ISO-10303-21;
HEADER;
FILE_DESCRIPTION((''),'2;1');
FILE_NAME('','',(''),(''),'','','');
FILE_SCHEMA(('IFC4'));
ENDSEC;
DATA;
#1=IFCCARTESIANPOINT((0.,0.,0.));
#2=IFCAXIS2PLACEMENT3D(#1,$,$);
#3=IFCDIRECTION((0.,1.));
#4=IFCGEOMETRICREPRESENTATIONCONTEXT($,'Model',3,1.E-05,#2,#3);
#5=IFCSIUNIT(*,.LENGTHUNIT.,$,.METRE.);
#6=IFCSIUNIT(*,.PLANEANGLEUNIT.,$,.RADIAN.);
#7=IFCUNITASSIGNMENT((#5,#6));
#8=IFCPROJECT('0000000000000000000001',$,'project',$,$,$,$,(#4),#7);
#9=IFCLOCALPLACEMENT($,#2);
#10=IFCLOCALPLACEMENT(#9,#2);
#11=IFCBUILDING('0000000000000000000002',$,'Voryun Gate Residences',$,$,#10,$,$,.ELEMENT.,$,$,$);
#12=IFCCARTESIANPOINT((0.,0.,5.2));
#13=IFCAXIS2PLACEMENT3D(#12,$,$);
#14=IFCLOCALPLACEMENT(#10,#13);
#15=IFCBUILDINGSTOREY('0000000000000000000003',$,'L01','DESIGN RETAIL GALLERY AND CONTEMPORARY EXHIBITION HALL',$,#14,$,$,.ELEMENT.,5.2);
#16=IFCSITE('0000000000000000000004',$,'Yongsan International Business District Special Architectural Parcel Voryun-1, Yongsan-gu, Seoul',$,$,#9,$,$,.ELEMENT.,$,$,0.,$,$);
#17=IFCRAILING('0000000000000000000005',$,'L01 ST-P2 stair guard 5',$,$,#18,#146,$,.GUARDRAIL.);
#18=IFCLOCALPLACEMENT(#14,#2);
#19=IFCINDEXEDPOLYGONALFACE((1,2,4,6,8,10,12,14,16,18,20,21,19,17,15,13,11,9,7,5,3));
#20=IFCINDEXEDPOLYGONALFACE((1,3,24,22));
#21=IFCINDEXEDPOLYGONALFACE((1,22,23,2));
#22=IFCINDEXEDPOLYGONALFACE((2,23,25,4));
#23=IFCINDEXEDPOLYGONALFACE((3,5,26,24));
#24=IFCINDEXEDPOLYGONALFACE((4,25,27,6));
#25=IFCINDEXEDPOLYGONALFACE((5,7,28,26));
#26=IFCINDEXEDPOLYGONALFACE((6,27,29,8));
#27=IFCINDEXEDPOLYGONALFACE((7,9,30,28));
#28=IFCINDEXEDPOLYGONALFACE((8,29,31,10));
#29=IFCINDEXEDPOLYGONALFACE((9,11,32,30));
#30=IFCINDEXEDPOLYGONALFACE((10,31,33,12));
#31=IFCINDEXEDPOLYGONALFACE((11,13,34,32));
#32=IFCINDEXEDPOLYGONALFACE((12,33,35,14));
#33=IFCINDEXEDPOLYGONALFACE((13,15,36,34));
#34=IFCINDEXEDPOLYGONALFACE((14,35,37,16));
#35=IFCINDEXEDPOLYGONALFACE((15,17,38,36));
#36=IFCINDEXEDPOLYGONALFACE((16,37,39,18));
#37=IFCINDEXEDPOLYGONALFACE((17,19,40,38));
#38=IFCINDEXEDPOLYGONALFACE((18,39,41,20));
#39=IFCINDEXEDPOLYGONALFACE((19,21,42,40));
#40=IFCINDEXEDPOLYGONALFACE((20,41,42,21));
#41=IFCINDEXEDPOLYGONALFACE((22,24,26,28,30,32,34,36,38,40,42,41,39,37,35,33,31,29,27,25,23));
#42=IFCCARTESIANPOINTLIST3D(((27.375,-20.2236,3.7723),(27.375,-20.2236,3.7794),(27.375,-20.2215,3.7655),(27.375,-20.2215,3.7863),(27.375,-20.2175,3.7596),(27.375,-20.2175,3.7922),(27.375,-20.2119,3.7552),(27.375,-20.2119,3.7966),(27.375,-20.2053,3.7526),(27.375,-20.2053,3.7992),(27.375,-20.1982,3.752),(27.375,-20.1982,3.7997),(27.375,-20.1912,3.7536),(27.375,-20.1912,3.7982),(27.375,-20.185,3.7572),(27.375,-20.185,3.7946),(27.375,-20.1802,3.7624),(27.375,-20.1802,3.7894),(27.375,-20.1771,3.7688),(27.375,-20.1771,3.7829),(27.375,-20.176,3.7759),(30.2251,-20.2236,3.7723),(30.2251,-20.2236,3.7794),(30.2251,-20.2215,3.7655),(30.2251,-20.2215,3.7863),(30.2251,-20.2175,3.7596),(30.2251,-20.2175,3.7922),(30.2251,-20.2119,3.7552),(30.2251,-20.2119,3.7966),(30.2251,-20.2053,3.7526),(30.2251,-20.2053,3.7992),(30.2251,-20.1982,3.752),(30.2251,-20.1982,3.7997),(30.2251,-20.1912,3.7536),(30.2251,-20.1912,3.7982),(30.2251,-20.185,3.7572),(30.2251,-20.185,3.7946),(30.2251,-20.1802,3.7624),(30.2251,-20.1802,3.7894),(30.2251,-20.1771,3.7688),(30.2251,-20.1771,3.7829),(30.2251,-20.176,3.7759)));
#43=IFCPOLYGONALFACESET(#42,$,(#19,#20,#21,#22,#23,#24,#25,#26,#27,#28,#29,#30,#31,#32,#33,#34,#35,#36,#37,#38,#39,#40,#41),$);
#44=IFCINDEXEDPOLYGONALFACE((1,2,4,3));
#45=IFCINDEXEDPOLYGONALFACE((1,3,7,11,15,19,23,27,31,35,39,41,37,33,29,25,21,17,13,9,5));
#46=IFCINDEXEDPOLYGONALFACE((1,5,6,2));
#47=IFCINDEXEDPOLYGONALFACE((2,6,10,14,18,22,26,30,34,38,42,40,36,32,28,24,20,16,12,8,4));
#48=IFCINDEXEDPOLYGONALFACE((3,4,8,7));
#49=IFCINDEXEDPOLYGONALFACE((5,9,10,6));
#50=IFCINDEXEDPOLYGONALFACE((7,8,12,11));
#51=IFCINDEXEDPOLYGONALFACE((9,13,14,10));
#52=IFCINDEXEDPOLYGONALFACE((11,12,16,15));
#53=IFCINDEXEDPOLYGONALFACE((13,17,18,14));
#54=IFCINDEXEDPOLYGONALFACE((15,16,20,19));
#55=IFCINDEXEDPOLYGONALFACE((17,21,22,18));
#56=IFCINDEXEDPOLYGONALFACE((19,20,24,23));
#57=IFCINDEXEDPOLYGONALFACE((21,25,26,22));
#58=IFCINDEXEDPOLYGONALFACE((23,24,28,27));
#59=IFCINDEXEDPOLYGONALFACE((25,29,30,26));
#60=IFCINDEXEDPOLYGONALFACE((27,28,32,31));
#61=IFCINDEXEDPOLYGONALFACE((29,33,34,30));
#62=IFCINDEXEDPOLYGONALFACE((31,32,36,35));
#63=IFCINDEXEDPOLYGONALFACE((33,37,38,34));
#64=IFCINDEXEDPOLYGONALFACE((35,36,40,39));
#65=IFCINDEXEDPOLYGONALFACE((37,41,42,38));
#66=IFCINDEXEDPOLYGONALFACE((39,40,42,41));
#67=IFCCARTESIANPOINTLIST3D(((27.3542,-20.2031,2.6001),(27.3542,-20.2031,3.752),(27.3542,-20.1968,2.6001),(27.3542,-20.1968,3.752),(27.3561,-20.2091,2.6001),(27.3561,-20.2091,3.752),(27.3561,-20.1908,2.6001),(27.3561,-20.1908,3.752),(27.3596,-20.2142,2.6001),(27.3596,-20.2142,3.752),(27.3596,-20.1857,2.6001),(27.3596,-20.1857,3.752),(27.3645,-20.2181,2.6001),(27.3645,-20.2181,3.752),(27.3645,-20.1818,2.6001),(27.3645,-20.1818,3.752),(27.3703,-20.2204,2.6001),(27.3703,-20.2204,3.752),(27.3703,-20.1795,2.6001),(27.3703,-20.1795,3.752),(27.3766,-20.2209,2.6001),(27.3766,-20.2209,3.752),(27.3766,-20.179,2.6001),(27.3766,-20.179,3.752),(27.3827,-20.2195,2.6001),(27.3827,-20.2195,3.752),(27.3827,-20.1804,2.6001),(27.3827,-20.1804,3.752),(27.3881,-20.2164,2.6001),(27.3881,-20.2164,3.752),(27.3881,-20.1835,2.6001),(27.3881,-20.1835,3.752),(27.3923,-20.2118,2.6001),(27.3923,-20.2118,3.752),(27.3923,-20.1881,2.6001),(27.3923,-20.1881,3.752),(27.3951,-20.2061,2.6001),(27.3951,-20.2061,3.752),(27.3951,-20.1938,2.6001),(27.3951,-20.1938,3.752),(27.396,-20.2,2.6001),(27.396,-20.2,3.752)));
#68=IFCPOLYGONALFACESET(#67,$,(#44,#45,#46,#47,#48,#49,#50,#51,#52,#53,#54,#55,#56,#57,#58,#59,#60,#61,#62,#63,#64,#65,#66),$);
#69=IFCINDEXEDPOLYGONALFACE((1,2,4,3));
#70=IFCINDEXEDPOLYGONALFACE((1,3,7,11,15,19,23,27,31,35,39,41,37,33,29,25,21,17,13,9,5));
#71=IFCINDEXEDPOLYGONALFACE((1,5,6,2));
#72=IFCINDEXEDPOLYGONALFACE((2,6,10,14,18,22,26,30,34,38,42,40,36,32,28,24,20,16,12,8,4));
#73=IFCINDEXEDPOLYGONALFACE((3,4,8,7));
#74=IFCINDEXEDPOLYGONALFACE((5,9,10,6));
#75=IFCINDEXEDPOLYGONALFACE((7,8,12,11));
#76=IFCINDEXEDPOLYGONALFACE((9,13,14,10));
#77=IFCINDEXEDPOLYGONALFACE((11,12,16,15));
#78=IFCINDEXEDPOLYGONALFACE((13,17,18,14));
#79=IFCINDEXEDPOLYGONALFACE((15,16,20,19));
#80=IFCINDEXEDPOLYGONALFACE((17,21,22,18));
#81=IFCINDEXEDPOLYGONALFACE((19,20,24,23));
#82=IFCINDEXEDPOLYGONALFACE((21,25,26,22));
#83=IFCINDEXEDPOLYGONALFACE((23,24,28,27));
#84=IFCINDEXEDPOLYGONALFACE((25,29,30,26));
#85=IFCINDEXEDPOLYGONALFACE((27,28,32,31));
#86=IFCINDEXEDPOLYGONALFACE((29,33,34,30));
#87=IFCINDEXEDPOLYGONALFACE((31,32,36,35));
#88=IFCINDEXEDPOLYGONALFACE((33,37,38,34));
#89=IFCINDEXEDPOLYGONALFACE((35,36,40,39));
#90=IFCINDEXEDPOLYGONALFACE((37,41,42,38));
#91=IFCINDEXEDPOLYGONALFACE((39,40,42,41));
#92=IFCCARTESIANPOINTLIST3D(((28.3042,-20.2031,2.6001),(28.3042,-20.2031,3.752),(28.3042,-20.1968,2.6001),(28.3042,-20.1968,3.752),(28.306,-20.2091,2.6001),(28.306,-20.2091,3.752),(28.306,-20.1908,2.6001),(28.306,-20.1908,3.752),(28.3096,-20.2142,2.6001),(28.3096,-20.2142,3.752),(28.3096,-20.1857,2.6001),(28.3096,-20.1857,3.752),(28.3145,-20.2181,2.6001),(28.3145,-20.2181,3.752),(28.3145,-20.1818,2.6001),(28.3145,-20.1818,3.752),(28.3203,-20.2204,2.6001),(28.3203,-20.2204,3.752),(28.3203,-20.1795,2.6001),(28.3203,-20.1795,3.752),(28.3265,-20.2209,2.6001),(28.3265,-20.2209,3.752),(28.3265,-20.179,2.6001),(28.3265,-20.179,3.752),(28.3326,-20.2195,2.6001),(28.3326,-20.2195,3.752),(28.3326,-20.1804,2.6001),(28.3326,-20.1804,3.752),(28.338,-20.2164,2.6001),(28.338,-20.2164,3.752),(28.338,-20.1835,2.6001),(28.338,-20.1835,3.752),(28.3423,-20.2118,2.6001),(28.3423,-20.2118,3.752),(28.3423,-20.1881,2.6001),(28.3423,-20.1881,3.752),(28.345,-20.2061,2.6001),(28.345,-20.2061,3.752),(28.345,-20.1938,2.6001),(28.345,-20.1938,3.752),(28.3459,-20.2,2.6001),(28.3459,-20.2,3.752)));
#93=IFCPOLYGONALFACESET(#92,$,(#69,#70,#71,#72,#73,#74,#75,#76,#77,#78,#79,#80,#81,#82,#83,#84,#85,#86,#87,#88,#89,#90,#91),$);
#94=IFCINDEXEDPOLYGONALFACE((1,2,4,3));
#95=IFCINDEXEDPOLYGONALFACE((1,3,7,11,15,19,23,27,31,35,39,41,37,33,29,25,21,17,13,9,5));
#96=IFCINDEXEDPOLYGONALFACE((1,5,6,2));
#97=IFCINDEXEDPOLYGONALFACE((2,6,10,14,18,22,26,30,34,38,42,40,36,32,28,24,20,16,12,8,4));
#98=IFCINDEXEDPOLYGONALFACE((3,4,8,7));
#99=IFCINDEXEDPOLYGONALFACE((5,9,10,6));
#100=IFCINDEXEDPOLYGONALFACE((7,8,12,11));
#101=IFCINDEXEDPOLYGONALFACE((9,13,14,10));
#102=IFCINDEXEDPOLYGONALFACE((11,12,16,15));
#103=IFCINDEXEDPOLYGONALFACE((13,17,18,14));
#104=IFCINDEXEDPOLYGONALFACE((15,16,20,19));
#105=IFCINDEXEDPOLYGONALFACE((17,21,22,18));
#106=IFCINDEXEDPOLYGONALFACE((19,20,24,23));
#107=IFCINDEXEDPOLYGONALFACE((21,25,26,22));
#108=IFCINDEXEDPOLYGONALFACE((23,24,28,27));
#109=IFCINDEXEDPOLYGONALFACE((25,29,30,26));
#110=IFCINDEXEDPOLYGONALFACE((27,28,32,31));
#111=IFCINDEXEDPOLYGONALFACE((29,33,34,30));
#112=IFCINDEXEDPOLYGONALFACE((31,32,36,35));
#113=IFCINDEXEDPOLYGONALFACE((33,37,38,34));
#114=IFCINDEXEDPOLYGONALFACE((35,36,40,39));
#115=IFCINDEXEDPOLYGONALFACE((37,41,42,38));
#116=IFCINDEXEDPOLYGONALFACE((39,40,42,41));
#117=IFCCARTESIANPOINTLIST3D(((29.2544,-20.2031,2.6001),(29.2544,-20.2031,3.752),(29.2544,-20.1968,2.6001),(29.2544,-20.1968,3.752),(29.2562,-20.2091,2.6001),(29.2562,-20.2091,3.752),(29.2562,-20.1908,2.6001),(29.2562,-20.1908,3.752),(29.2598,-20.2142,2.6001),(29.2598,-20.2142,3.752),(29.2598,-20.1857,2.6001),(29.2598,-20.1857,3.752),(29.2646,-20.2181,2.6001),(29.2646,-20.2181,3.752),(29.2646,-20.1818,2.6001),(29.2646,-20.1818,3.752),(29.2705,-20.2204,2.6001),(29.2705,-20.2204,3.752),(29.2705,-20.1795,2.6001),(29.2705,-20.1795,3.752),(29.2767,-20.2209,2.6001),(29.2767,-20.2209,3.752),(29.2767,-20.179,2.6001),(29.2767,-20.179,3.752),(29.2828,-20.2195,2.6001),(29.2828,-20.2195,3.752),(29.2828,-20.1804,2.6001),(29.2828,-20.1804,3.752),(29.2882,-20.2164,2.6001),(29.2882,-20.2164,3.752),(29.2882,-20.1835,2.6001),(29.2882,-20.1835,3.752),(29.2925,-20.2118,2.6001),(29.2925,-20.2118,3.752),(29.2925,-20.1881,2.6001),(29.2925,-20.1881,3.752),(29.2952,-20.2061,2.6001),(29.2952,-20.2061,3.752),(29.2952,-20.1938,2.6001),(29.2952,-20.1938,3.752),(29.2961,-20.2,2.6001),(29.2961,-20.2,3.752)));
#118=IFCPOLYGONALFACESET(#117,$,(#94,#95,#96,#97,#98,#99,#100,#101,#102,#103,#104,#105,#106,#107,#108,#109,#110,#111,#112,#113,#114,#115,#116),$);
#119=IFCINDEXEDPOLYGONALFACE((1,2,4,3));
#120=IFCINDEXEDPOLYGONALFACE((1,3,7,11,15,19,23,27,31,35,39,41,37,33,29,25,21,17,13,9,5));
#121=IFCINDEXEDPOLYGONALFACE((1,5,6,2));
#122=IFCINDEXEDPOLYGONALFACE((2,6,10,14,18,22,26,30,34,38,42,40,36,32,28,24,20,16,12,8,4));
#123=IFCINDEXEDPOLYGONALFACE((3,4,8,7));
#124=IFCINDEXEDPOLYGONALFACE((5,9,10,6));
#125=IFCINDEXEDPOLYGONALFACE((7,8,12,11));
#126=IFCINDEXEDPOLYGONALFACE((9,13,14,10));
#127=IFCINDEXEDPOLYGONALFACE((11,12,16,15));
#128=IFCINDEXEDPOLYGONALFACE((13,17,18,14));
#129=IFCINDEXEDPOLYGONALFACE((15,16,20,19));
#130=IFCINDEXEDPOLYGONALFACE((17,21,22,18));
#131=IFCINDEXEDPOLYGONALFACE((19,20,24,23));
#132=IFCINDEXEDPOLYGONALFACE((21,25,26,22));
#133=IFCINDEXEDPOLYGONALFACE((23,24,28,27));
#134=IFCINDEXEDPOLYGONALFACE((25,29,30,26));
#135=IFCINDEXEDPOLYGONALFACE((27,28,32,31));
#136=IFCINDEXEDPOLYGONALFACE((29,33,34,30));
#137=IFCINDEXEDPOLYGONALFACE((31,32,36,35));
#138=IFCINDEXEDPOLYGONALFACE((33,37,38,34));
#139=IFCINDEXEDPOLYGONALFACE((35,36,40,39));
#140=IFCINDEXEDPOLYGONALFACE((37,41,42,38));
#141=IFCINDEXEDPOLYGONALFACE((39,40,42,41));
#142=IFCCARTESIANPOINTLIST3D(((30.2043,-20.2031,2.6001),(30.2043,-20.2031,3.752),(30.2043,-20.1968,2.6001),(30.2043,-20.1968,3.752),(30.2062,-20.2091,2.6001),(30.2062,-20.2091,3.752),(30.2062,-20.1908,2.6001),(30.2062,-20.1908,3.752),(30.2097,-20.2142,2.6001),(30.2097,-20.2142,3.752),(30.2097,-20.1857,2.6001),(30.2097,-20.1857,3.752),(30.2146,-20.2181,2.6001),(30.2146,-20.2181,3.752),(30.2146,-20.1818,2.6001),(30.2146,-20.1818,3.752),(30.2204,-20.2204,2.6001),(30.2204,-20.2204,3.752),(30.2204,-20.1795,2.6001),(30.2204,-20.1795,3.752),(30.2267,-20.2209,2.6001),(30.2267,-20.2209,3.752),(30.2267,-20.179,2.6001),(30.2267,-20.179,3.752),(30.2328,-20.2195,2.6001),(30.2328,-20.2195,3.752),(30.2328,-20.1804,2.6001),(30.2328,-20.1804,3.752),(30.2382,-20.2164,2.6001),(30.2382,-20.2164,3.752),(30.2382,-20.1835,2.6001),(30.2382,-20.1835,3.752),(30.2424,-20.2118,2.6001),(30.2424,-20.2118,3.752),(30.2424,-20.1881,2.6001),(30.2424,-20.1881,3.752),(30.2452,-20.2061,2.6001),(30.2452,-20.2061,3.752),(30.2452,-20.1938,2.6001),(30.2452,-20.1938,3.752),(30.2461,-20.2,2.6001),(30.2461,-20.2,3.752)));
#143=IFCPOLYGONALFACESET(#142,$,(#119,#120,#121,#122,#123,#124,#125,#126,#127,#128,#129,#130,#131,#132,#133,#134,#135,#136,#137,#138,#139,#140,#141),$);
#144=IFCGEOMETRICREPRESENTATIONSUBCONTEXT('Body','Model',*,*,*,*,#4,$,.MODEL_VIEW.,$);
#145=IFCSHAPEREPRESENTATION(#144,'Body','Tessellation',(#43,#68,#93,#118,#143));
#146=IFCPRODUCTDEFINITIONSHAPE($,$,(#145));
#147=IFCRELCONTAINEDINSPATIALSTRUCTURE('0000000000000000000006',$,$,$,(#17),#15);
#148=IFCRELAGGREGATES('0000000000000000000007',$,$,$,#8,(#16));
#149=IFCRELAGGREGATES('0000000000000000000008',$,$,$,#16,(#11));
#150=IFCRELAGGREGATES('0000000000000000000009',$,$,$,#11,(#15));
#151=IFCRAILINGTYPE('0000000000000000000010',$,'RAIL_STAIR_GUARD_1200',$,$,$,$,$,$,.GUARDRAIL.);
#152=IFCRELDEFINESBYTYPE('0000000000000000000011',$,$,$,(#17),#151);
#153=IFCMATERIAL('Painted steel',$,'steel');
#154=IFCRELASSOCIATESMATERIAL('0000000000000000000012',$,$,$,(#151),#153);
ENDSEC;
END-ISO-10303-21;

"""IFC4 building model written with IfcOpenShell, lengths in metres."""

from ifc_helpers import new_model, si_unit, direction, frame, origin, origin_2d, place, context, subcontext, project, spatial, circle, extrude, material, type_object, element, save


model = new_model("IFC4")

# Units and contexts
model_context = context("Model", 3, precision=1e-05, world=origin(), true_north=direction((0.0, 1.0)))
body_context = subcontext(model_context, "Body", "Model", "MODEL_VIEW")
ifc_project = project(units=[si_unit("LENGTHUNIT", "METRE"), si_unit("PLANEANGLEUNIT", "RADIAN")], contexts=[model_context])

# Site, building, storey
site_placement = place(None, origin())
site = spatial("IfcSite", under=ifc_project, at=site_placement, Name="Yongsan International Business District Special Architectural Parcel Voryun-1, Yongsan-gu, Seoul", CompositionType="ELEMENT", RefElevation=0.0)
building_placement = place(site_placement, origin())
building = spatial("IfcBuilding", under=site, at=building_placement, Name="Voryun Gate Residences", CompositionType="ELEMENT")
storey_placement = place(building_placement, frame((0.0, 0.0, 5.2)))
storey = spatial("IfcBuildingStorey", under=building, at=storey_placement, Name="L01", Description="DESIGN RETAIL GALLERY AND CONTEMPORARY EXHIBITION HALL", CompositionType="ELEMENT", Elevation=5.2)

# Railing
ifc_material_1 = material(Name="Painted steel", Category="steel")
railing_type_1 = type_object("IfcRailingType", Name="RAIL_STAIR_GUARD_1200", PredefinedType="GUARDRAIL", material=ifc_material_1)
railing_1_placement = place(storey_placement, frame((27.375, -20.2, 2.6001)))
element("IfcRailing", 1, at=railing_1_placement, inside=storey, type_object=railing_type_1, Name="L01 ST-P2 stair guard 5", PredefinedType="GUARDRAIL", context=body_context, shape_type="SweptSolid", body=[
    extrude(circle(Radius=0.0239, at=origin_2d()), frame((0.0, 0.0, 1.1758), z_axis=(1.0, 0.0, 0.0), x_axis=(0.0, 1.0, 0.0)), (0.0, 0.0, 1.0), 2.8501),
    extrude(circle(Radius=0.021, at=origin_2d()), origin(), (0.0, 0.0, 1.0), 1.1519),
    extrude(circle(Radius=0.021, at=origin_2d()), frame((0.95, 0.0, 0.0)), (0.0, 0.0, 1.0), 1.1519),
    extrude(circle(Radius=0.021, at=origin_2d()), frame((1.9001, 0.0, 0.0)), (0.0, 0.0, 1.0), 1.1519),
    extrude(circle(Radius=0.021, at=origin_2d()), frame((2.8501, 0.0, 0.0)), (0.0, 0.0, 1.0), 1.1519),
])

save(model, "model.ifc")
